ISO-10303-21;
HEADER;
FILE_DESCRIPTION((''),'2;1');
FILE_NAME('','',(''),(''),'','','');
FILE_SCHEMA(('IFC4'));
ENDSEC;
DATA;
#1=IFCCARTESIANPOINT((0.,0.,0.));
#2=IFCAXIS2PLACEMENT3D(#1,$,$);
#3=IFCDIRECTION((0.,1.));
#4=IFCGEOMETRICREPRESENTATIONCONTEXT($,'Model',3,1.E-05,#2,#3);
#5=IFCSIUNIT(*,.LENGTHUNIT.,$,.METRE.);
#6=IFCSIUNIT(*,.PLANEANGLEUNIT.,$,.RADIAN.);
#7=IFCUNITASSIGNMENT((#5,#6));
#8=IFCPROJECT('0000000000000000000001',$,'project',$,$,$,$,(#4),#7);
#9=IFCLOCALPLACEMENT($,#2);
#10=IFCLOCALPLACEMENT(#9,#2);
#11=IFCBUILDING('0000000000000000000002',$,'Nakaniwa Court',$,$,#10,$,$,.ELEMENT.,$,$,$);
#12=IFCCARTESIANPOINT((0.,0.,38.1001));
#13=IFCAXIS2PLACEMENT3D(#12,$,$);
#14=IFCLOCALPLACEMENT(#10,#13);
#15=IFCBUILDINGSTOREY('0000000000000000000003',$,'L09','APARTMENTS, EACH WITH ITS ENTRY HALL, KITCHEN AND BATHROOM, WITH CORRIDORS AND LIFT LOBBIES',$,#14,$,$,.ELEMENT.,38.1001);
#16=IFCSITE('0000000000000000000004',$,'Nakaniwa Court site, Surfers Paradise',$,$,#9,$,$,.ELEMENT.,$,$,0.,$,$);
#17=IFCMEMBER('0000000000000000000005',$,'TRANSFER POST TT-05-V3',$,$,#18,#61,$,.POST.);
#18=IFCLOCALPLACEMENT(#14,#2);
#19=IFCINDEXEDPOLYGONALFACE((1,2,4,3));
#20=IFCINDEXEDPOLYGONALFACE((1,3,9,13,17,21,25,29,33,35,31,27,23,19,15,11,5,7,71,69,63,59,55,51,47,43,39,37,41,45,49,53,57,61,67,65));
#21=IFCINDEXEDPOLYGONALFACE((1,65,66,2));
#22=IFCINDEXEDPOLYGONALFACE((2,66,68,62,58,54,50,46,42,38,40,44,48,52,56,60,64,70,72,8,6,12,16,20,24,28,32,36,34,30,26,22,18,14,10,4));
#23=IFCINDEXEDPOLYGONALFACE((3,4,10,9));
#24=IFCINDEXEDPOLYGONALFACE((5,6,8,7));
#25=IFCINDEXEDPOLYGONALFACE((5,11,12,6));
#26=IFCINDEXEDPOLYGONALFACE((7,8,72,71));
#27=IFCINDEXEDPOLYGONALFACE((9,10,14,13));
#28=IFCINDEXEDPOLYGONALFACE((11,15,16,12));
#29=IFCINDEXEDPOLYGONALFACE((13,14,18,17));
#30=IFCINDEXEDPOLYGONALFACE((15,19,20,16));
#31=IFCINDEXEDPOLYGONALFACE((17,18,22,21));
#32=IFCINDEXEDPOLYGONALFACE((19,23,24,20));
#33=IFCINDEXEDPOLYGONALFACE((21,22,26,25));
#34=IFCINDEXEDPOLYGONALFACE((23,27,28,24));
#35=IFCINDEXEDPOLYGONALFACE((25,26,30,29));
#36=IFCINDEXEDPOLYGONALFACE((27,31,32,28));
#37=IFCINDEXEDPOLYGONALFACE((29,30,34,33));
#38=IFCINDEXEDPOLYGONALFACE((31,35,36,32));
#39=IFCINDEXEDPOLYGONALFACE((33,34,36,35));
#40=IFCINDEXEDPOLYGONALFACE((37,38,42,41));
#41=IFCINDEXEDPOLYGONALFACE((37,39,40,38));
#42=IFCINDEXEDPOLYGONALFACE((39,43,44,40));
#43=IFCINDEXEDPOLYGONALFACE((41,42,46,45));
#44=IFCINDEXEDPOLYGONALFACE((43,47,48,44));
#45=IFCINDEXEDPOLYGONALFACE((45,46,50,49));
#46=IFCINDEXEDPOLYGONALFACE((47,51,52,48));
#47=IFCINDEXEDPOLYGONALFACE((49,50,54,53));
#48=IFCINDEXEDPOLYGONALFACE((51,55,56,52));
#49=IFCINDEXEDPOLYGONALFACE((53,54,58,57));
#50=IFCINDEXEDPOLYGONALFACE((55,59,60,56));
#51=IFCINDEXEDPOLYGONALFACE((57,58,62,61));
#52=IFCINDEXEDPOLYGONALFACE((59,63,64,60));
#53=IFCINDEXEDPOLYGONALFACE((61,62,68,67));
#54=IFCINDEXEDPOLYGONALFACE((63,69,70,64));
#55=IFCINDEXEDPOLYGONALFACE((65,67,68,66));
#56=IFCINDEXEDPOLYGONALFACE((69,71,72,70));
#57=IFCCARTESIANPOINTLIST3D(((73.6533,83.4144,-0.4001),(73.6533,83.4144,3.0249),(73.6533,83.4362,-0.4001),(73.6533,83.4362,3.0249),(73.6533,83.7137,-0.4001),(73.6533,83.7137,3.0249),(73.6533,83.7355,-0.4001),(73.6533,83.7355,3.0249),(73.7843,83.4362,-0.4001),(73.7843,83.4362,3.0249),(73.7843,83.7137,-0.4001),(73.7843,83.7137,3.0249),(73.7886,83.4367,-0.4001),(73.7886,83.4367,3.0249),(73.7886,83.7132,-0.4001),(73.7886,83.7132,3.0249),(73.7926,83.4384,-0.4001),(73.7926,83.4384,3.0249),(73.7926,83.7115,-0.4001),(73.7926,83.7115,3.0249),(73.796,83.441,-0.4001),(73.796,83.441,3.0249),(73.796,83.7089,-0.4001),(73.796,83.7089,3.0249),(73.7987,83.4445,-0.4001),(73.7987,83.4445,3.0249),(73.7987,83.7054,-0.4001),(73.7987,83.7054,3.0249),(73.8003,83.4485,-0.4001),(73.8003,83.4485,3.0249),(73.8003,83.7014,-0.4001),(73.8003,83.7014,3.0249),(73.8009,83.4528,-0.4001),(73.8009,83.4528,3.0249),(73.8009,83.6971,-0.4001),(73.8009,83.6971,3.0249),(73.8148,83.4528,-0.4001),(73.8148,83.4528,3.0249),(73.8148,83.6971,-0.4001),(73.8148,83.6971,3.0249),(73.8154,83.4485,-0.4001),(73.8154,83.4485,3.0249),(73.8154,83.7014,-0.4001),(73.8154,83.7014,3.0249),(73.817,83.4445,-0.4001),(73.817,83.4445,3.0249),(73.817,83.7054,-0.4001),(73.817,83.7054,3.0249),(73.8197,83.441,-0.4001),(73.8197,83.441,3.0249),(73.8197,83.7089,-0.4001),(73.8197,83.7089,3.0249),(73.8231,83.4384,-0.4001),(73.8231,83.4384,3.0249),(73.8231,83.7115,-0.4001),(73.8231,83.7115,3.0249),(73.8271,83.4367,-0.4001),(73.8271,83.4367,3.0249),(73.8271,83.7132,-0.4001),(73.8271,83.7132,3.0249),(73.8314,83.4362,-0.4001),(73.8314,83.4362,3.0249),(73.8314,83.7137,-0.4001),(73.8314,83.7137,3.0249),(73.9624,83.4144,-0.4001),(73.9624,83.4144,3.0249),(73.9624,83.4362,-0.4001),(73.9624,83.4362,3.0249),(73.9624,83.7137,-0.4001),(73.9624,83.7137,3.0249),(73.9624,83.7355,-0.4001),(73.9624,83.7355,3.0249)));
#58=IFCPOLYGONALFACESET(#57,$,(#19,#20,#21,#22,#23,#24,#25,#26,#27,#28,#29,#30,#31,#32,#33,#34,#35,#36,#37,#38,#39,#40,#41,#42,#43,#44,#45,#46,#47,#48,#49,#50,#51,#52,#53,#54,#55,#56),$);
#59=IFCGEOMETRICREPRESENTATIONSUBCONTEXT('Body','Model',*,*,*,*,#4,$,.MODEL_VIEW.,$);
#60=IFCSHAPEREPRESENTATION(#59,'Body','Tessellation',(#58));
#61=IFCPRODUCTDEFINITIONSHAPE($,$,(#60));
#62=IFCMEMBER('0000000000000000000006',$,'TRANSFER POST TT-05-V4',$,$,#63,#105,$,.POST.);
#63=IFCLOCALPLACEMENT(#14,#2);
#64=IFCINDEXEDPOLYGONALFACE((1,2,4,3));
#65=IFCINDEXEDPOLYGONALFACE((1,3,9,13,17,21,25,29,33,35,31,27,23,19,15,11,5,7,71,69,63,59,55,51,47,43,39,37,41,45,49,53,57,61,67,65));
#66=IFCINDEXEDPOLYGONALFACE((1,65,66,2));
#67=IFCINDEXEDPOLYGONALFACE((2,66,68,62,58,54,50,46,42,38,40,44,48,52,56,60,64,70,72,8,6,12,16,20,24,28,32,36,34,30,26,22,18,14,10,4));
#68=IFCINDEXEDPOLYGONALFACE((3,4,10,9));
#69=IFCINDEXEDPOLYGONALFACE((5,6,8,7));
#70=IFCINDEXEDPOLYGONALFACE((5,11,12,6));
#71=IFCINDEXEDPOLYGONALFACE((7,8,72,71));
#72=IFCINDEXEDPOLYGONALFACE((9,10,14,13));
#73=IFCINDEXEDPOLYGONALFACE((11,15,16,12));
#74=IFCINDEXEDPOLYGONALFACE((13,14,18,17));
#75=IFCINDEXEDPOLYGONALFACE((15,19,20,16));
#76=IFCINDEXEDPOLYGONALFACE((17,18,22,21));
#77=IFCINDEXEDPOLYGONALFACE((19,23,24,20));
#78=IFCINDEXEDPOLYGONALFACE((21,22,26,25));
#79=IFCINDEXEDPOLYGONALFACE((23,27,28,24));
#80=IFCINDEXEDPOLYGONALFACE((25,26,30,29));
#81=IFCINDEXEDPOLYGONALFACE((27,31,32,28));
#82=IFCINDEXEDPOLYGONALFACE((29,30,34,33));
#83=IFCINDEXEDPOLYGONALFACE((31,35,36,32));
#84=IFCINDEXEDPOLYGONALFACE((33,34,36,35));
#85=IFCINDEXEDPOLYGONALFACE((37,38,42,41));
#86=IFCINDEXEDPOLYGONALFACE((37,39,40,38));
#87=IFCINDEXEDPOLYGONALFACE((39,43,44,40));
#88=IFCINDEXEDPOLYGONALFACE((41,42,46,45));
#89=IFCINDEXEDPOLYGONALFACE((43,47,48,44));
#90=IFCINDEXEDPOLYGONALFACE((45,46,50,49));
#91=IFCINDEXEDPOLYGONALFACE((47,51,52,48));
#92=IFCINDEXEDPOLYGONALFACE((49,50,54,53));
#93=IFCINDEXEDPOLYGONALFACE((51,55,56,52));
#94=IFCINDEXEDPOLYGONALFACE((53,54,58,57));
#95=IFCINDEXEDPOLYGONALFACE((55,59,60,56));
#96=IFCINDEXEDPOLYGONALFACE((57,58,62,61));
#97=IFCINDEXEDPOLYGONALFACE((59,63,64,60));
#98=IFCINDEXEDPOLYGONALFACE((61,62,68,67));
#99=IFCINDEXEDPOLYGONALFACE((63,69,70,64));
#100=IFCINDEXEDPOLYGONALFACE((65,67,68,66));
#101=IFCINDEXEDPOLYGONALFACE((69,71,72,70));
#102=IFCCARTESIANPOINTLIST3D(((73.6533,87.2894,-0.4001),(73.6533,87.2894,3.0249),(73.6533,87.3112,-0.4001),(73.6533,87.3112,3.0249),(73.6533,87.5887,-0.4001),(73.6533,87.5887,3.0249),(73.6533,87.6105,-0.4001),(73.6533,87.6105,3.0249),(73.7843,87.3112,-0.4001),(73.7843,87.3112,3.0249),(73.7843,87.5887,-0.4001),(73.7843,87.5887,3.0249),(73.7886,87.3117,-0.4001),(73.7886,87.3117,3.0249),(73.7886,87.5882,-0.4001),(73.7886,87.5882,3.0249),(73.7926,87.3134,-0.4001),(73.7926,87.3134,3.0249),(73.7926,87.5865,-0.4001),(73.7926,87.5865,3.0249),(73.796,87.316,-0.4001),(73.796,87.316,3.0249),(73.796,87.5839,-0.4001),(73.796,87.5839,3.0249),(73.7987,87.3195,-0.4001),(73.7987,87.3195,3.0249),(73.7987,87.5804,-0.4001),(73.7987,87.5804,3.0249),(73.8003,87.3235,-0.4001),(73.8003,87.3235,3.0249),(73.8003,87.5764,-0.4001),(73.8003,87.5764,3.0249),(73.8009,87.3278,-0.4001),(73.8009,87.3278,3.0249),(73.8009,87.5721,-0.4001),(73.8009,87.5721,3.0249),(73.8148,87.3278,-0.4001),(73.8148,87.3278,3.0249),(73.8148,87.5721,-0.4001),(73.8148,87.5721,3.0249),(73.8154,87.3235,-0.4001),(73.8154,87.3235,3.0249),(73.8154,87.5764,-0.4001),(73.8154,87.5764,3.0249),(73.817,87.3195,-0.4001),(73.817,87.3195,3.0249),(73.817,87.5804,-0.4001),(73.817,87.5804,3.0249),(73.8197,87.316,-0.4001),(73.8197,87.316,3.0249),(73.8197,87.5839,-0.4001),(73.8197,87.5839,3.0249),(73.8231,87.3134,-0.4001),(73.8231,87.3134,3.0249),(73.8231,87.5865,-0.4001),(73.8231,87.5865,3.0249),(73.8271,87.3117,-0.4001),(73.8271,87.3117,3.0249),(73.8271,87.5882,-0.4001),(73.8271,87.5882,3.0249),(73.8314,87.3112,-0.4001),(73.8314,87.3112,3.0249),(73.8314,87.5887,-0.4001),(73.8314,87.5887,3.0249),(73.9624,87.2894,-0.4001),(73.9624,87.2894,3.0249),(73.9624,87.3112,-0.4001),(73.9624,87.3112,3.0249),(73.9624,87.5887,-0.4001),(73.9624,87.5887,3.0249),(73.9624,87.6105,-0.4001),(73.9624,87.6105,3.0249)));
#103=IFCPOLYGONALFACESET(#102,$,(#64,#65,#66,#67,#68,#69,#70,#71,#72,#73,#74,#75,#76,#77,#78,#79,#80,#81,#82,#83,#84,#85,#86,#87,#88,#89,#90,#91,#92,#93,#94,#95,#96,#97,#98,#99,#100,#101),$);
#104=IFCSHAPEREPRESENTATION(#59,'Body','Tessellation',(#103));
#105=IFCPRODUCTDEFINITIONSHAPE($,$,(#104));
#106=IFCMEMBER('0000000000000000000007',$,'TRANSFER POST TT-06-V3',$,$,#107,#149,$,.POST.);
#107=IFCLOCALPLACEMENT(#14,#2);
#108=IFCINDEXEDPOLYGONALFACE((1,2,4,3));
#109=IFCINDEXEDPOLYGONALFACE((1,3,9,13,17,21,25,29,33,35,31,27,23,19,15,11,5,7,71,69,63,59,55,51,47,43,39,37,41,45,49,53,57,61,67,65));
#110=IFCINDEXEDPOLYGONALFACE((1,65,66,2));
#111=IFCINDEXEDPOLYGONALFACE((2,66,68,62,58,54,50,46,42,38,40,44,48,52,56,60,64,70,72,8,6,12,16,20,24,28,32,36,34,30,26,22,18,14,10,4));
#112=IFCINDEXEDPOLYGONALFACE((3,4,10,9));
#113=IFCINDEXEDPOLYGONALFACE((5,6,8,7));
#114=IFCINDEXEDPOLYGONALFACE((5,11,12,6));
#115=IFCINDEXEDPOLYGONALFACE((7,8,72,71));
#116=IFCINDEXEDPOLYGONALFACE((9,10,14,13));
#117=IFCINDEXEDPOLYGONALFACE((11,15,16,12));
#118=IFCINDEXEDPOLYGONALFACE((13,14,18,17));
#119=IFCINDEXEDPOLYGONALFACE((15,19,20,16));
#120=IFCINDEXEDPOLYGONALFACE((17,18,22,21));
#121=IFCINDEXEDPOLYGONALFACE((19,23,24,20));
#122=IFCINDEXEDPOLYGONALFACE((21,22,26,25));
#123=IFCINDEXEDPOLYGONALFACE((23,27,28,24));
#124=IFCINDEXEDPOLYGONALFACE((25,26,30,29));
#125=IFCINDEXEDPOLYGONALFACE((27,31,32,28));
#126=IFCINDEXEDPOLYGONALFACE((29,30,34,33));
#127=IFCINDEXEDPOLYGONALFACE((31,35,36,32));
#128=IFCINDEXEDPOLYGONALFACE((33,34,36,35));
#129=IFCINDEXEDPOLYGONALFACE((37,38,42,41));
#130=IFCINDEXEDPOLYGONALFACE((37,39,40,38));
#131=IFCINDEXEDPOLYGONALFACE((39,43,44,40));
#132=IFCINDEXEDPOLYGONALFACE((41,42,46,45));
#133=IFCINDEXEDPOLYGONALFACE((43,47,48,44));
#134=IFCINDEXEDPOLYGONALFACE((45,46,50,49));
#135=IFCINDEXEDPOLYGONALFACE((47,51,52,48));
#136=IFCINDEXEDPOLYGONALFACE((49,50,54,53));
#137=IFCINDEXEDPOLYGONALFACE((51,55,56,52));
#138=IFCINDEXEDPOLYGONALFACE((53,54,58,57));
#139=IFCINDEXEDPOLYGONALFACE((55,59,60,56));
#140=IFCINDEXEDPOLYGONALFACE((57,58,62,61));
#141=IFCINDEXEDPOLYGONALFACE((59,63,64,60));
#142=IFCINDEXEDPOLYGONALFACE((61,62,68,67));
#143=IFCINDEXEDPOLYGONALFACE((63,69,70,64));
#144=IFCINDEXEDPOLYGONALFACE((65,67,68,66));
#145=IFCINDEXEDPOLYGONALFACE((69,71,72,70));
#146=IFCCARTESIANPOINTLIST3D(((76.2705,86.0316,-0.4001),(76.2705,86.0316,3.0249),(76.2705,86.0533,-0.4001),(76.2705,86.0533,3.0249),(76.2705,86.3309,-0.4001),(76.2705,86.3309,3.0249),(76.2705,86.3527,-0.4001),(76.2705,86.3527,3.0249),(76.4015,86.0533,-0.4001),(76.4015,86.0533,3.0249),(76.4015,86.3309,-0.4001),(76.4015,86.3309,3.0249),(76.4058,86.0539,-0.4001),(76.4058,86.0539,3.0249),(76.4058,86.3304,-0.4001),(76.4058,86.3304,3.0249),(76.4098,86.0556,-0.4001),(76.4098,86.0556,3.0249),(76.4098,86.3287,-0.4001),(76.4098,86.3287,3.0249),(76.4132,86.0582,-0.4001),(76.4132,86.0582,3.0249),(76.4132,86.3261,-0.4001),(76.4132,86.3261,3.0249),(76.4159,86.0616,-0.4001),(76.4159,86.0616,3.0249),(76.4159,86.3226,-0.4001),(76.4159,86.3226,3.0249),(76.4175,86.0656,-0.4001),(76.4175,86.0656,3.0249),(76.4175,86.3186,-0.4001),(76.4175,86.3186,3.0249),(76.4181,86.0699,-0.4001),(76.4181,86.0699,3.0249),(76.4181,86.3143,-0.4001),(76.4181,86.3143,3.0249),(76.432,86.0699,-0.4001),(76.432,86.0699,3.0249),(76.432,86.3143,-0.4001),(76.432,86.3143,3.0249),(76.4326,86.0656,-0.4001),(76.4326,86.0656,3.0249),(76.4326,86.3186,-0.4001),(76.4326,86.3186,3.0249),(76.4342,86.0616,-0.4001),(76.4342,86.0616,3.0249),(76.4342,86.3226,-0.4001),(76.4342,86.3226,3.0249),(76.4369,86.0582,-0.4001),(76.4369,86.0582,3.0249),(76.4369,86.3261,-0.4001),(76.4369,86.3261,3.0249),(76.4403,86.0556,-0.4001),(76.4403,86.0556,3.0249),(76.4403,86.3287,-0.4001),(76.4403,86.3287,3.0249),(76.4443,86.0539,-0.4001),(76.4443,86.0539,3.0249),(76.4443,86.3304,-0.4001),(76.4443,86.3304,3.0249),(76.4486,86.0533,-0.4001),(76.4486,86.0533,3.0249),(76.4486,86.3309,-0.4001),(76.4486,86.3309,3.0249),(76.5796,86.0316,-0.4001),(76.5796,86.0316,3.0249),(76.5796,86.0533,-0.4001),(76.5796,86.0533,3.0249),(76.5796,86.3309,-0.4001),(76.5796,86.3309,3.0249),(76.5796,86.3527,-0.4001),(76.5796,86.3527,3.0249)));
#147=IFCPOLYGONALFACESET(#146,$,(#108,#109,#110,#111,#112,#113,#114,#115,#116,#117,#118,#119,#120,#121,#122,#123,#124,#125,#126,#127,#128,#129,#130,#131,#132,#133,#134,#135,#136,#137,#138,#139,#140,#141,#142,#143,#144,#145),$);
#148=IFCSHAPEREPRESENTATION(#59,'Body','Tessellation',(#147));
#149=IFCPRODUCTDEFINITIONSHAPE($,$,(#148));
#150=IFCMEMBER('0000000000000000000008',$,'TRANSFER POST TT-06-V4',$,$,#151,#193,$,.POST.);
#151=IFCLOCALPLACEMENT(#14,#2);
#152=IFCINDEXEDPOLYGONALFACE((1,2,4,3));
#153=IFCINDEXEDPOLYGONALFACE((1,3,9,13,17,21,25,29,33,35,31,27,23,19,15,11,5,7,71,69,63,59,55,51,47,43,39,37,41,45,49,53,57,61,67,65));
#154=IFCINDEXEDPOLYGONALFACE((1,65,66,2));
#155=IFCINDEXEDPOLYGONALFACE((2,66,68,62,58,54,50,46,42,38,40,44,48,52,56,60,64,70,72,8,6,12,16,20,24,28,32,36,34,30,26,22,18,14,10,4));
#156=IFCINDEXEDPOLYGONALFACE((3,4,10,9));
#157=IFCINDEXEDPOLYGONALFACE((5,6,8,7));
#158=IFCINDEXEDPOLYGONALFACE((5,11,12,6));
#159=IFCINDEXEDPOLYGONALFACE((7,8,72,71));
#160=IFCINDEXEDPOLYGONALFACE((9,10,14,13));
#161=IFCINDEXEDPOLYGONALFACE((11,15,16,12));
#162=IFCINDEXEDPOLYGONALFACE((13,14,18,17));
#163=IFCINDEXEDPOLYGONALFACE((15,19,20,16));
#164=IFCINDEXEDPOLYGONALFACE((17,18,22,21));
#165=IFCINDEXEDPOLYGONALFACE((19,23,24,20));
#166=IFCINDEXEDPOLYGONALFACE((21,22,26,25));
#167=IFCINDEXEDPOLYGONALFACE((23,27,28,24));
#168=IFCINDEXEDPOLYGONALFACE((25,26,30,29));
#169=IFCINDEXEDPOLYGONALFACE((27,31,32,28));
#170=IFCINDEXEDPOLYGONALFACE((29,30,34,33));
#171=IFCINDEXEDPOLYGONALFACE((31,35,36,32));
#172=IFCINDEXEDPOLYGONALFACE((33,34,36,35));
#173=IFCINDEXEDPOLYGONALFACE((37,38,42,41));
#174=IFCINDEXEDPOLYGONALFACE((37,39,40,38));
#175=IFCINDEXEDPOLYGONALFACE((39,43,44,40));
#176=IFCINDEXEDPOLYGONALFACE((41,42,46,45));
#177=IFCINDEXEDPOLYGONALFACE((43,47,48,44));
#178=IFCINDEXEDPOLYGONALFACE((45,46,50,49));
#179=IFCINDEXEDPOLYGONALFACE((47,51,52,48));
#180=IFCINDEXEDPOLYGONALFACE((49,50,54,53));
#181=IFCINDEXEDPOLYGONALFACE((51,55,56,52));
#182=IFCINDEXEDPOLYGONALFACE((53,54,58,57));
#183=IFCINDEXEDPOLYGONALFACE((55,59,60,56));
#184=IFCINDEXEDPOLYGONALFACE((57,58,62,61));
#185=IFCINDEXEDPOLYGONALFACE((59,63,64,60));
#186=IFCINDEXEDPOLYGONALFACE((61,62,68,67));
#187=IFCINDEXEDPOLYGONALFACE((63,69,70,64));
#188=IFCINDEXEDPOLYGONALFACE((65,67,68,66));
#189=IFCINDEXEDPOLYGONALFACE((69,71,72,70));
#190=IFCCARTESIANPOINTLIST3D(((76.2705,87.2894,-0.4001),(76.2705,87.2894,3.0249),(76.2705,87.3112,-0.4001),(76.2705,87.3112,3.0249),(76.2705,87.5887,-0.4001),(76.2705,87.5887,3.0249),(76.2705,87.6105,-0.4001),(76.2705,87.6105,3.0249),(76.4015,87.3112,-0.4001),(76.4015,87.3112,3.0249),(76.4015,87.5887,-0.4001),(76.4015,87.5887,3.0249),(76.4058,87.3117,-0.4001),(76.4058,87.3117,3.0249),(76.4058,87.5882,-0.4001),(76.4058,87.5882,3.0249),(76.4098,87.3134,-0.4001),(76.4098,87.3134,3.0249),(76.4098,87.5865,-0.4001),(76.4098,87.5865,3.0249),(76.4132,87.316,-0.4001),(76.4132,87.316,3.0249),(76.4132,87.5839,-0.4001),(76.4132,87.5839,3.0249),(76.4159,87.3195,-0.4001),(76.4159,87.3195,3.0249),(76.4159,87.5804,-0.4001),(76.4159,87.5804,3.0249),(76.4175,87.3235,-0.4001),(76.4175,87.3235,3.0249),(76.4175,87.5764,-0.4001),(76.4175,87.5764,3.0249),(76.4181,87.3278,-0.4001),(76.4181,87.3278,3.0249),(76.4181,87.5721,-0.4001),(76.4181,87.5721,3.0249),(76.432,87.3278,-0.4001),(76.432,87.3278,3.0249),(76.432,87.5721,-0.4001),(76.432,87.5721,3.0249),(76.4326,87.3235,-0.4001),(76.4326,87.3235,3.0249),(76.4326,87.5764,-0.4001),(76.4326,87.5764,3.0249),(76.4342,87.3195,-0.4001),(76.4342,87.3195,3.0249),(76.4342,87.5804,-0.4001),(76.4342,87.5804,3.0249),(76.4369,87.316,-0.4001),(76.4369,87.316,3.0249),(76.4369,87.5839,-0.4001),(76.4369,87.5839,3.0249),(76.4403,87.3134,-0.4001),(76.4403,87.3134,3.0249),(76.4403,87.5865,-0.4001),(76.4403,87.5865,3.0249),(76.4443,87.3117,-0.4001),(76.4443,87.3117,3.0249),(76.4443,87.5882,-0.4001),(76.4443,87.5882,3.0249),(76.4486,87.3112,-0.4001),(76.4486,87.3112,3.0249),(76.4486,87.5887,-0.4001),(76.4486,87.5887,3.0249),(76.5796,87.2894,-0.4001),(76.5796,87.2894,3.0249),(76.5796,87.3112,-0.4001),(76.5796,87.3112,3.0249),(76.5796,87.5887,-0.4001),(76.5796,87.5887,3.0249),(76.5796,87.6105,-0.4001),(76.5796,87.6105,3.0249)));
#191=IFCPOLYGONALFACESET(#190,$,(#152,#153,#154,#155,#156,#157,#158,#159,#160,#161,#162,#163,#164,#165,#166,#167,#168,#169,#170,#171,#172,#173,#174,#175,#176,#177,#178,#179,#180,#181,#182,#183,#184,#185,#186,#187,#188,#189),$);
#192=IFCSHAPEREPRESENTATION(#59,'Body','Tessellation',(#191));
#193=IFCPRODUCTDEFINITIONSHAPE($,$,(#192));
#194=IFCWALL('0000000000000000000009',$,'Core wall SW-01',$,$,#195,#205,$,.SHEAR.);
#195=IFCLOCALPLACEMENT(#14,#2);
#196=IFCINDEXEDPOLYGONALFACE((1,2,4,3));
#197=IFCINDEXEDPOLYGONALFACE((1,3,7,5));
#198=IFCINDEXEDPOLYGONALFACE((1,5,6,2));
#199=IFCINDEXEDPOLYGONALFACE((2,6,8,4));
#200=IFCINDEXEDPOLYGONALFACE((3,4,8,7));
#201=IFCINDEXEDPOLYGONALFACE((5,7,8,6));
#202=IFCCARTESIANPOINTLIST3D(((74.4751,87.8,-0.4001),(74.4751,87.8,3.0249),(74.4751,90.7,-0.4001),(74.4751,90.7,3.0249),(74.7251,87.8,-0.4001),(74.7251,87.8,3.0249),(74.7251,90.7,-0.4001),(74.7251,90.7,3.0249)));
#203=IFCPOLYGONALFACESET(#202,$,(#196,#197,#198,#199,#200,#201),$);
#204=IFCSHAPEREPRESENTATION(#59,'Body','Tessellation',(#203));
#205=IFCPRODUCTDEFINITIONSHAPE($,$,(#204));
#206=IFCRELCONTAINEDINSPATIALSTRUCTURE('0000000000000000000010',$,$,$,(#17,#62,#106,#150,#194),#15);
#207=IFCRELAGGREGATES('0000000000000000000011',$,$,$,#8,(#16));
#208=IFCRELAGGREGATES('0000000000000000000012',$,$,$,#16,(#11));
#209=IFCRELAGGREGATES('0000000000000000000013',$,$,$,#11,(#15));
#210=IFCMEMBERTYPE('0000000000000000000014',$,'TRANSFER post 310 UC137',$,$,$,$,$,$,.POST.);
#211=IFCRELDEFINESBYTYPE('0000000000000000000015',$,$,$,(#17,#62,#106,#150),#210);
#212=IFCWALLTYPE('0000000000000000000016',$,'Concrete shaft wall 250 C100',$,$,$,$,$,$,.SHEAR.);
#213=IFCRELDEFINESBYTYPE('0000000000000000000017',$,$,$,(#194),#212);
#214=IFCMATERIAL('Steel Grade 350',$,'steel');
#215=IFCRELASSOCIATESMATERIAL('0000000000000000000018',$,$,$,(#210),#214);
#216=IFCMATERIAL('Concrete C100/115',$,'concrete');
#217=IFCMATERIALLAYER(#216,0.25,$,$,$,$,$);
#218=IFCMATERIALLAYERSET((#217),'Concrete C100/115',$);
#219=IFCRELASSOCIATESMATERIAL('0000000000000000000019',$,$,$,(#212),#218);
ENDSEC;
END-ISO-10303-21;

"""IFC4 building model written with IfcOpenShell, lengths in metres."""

from ifc_helpers import new_model, si_unit, direction, frame, frame_2d, origin, origin_2d, place, context, subcontext, project, spatial, rectangle, i_section, extrude, material, layer, layer_set, material_profile, profile_set, type_object, element, save


model = new_model("IFC4")

# Units and contexts
model_context = context("Model", 3, precision=1e-05, world=origin(), true_north=direction((0.0, 1.0)))
body_context = subcontext(model_context, "Body", "Model", "MODEL_VIEW")
ifc_project = project(units=[si_unit("LENGTHUNIT", "METRE"), si_unit("PLANEANGLEUNIT", "RADIAN")], contexts=[model_context])

# Site, building, storey
site_placement = place(None, origin())
site = spatial("IfcSite", under=ifc_project, at=site_placement, Name="Nakaniwa Court site, Surfers Paradise", CompositionType="ELEMENT", RefElevation=0.0)
building_placement = place(site_placement, origin())
building = spatial("IfcBuilding", under=site, at=building_placement, Name="Nakaniwa Court", CompositionType="ELEMENT")
storey_placement = place(building_placement, frame((0.0, 0.0, 38.1001)))
storey = spatial("IfcBuildingStorey", under=building, at=storey_placement, Name="L09", Description="APARTMENTS, EACH WITH ITS ENTRY HALL, KITCHEN AND BATHROOM, WITH CORRIDORS AND LIFT LOBBIES", CompositionType="ELEMENT", Elevation=38.1001)

# Members
ifc_material_1 = material(Name="Steel Grade 350", Category="steel")
ifc_material_profile_1 = material_profile(ifc_material_1, i_section(OverallWidth=0.3091, OverallDepth=0.321, WebThickness=0.0139, FlangeThickness=0.0217, FilletRadius=0.0166, at=origin_2d()), Name="310UC137")
ifc_profile_set_1 = profile_set([ifc_material_profile_1], Name="Steel Grade 350")
member_type_1 = type_object("IfcMemberType", Name="TRANSFER post 310 UC137", PredefinedType="POST", material=ifc_profile_set_1)
for number, where, z_axis, x_axis, name in (
    (1, (73.8079, 83.575, -0.4001), (0.0, 0.0, 1.0), (1.0, 0.0, 0.0), "TRANSFER POST TT-05-V3"),
    (2, (73.8079, 87.45, -0.4001), (0.0, 0.0, 1.0), (1.0, 0.0, 0.0), "TRANSFER POST TT-05-V4"),
    (3, (76.425, 86.1921, -0.4001), (0.0, 0.0, 1.0), (1.0, 0.0, 0.0), "TRANSFER POST TT-06-V3"),
    (4, (76.425, 87.45, -0.4001), (0.0, 0.0, 1.0), (1.0, 0.0, 0.0), "TRANSFER POST TT-06-V4"),
):
    element("IfcMember", number, at=place(storey_placement, frame(where, z_axis=z_axis, x_axis=x_axis)), inside=storey, type_object=member_type_1, Name=name, PredefinedType="POST", context=body_context, shape_type="SweptSolid", body=[
        extrude(i_section(OverallWidth=0.3091, OverallDepth=0.321, WebThickness=0.0139, FlangeThickness=0.0217, FilletRadius=0.0166, at=origin_2d()), origin(), (0.0, 0.0, 1.0), 3.425),
    ])

# Wall
ifc_material_2 = material(Name="Concrete C100/115", Category="concrete")
ifc_layer = layer(ifc_material_2, 0.25)
ifc_layer_set = layer_set([ifc_layer], Name="Concrete C100/115")
wall_type = type_object("IfcWallType", Name="Concrete shaft wall 250 C100", PredefinedType="SHEAR", material=ifc_layer_set)
for number, where, z_axis, x_axis, name in (
    (5, (74.6001, 87.8, -0.4001), (0.0, 0.0, 1.0), (0.0, 1.0, 0.0), "Core wall SW-01"),
):
    element("IfcWall", number, at=place(storey_placement, frame(where, z_axis=z_axis, x_axis=x_axis)), inside=storey, type_object=wall_type, Name=name, PredefinedType="SHEAR", context=body_context, shape_type="SweptSolid", body=[
        extrude(rectangle(XDim=2.8999, YDim=0.25, at=frame_2d((1.45, 0.0))), origin(), (0.0, 0.0, 1.0), 3.425),
    ])

save(model, "model.ifc")
